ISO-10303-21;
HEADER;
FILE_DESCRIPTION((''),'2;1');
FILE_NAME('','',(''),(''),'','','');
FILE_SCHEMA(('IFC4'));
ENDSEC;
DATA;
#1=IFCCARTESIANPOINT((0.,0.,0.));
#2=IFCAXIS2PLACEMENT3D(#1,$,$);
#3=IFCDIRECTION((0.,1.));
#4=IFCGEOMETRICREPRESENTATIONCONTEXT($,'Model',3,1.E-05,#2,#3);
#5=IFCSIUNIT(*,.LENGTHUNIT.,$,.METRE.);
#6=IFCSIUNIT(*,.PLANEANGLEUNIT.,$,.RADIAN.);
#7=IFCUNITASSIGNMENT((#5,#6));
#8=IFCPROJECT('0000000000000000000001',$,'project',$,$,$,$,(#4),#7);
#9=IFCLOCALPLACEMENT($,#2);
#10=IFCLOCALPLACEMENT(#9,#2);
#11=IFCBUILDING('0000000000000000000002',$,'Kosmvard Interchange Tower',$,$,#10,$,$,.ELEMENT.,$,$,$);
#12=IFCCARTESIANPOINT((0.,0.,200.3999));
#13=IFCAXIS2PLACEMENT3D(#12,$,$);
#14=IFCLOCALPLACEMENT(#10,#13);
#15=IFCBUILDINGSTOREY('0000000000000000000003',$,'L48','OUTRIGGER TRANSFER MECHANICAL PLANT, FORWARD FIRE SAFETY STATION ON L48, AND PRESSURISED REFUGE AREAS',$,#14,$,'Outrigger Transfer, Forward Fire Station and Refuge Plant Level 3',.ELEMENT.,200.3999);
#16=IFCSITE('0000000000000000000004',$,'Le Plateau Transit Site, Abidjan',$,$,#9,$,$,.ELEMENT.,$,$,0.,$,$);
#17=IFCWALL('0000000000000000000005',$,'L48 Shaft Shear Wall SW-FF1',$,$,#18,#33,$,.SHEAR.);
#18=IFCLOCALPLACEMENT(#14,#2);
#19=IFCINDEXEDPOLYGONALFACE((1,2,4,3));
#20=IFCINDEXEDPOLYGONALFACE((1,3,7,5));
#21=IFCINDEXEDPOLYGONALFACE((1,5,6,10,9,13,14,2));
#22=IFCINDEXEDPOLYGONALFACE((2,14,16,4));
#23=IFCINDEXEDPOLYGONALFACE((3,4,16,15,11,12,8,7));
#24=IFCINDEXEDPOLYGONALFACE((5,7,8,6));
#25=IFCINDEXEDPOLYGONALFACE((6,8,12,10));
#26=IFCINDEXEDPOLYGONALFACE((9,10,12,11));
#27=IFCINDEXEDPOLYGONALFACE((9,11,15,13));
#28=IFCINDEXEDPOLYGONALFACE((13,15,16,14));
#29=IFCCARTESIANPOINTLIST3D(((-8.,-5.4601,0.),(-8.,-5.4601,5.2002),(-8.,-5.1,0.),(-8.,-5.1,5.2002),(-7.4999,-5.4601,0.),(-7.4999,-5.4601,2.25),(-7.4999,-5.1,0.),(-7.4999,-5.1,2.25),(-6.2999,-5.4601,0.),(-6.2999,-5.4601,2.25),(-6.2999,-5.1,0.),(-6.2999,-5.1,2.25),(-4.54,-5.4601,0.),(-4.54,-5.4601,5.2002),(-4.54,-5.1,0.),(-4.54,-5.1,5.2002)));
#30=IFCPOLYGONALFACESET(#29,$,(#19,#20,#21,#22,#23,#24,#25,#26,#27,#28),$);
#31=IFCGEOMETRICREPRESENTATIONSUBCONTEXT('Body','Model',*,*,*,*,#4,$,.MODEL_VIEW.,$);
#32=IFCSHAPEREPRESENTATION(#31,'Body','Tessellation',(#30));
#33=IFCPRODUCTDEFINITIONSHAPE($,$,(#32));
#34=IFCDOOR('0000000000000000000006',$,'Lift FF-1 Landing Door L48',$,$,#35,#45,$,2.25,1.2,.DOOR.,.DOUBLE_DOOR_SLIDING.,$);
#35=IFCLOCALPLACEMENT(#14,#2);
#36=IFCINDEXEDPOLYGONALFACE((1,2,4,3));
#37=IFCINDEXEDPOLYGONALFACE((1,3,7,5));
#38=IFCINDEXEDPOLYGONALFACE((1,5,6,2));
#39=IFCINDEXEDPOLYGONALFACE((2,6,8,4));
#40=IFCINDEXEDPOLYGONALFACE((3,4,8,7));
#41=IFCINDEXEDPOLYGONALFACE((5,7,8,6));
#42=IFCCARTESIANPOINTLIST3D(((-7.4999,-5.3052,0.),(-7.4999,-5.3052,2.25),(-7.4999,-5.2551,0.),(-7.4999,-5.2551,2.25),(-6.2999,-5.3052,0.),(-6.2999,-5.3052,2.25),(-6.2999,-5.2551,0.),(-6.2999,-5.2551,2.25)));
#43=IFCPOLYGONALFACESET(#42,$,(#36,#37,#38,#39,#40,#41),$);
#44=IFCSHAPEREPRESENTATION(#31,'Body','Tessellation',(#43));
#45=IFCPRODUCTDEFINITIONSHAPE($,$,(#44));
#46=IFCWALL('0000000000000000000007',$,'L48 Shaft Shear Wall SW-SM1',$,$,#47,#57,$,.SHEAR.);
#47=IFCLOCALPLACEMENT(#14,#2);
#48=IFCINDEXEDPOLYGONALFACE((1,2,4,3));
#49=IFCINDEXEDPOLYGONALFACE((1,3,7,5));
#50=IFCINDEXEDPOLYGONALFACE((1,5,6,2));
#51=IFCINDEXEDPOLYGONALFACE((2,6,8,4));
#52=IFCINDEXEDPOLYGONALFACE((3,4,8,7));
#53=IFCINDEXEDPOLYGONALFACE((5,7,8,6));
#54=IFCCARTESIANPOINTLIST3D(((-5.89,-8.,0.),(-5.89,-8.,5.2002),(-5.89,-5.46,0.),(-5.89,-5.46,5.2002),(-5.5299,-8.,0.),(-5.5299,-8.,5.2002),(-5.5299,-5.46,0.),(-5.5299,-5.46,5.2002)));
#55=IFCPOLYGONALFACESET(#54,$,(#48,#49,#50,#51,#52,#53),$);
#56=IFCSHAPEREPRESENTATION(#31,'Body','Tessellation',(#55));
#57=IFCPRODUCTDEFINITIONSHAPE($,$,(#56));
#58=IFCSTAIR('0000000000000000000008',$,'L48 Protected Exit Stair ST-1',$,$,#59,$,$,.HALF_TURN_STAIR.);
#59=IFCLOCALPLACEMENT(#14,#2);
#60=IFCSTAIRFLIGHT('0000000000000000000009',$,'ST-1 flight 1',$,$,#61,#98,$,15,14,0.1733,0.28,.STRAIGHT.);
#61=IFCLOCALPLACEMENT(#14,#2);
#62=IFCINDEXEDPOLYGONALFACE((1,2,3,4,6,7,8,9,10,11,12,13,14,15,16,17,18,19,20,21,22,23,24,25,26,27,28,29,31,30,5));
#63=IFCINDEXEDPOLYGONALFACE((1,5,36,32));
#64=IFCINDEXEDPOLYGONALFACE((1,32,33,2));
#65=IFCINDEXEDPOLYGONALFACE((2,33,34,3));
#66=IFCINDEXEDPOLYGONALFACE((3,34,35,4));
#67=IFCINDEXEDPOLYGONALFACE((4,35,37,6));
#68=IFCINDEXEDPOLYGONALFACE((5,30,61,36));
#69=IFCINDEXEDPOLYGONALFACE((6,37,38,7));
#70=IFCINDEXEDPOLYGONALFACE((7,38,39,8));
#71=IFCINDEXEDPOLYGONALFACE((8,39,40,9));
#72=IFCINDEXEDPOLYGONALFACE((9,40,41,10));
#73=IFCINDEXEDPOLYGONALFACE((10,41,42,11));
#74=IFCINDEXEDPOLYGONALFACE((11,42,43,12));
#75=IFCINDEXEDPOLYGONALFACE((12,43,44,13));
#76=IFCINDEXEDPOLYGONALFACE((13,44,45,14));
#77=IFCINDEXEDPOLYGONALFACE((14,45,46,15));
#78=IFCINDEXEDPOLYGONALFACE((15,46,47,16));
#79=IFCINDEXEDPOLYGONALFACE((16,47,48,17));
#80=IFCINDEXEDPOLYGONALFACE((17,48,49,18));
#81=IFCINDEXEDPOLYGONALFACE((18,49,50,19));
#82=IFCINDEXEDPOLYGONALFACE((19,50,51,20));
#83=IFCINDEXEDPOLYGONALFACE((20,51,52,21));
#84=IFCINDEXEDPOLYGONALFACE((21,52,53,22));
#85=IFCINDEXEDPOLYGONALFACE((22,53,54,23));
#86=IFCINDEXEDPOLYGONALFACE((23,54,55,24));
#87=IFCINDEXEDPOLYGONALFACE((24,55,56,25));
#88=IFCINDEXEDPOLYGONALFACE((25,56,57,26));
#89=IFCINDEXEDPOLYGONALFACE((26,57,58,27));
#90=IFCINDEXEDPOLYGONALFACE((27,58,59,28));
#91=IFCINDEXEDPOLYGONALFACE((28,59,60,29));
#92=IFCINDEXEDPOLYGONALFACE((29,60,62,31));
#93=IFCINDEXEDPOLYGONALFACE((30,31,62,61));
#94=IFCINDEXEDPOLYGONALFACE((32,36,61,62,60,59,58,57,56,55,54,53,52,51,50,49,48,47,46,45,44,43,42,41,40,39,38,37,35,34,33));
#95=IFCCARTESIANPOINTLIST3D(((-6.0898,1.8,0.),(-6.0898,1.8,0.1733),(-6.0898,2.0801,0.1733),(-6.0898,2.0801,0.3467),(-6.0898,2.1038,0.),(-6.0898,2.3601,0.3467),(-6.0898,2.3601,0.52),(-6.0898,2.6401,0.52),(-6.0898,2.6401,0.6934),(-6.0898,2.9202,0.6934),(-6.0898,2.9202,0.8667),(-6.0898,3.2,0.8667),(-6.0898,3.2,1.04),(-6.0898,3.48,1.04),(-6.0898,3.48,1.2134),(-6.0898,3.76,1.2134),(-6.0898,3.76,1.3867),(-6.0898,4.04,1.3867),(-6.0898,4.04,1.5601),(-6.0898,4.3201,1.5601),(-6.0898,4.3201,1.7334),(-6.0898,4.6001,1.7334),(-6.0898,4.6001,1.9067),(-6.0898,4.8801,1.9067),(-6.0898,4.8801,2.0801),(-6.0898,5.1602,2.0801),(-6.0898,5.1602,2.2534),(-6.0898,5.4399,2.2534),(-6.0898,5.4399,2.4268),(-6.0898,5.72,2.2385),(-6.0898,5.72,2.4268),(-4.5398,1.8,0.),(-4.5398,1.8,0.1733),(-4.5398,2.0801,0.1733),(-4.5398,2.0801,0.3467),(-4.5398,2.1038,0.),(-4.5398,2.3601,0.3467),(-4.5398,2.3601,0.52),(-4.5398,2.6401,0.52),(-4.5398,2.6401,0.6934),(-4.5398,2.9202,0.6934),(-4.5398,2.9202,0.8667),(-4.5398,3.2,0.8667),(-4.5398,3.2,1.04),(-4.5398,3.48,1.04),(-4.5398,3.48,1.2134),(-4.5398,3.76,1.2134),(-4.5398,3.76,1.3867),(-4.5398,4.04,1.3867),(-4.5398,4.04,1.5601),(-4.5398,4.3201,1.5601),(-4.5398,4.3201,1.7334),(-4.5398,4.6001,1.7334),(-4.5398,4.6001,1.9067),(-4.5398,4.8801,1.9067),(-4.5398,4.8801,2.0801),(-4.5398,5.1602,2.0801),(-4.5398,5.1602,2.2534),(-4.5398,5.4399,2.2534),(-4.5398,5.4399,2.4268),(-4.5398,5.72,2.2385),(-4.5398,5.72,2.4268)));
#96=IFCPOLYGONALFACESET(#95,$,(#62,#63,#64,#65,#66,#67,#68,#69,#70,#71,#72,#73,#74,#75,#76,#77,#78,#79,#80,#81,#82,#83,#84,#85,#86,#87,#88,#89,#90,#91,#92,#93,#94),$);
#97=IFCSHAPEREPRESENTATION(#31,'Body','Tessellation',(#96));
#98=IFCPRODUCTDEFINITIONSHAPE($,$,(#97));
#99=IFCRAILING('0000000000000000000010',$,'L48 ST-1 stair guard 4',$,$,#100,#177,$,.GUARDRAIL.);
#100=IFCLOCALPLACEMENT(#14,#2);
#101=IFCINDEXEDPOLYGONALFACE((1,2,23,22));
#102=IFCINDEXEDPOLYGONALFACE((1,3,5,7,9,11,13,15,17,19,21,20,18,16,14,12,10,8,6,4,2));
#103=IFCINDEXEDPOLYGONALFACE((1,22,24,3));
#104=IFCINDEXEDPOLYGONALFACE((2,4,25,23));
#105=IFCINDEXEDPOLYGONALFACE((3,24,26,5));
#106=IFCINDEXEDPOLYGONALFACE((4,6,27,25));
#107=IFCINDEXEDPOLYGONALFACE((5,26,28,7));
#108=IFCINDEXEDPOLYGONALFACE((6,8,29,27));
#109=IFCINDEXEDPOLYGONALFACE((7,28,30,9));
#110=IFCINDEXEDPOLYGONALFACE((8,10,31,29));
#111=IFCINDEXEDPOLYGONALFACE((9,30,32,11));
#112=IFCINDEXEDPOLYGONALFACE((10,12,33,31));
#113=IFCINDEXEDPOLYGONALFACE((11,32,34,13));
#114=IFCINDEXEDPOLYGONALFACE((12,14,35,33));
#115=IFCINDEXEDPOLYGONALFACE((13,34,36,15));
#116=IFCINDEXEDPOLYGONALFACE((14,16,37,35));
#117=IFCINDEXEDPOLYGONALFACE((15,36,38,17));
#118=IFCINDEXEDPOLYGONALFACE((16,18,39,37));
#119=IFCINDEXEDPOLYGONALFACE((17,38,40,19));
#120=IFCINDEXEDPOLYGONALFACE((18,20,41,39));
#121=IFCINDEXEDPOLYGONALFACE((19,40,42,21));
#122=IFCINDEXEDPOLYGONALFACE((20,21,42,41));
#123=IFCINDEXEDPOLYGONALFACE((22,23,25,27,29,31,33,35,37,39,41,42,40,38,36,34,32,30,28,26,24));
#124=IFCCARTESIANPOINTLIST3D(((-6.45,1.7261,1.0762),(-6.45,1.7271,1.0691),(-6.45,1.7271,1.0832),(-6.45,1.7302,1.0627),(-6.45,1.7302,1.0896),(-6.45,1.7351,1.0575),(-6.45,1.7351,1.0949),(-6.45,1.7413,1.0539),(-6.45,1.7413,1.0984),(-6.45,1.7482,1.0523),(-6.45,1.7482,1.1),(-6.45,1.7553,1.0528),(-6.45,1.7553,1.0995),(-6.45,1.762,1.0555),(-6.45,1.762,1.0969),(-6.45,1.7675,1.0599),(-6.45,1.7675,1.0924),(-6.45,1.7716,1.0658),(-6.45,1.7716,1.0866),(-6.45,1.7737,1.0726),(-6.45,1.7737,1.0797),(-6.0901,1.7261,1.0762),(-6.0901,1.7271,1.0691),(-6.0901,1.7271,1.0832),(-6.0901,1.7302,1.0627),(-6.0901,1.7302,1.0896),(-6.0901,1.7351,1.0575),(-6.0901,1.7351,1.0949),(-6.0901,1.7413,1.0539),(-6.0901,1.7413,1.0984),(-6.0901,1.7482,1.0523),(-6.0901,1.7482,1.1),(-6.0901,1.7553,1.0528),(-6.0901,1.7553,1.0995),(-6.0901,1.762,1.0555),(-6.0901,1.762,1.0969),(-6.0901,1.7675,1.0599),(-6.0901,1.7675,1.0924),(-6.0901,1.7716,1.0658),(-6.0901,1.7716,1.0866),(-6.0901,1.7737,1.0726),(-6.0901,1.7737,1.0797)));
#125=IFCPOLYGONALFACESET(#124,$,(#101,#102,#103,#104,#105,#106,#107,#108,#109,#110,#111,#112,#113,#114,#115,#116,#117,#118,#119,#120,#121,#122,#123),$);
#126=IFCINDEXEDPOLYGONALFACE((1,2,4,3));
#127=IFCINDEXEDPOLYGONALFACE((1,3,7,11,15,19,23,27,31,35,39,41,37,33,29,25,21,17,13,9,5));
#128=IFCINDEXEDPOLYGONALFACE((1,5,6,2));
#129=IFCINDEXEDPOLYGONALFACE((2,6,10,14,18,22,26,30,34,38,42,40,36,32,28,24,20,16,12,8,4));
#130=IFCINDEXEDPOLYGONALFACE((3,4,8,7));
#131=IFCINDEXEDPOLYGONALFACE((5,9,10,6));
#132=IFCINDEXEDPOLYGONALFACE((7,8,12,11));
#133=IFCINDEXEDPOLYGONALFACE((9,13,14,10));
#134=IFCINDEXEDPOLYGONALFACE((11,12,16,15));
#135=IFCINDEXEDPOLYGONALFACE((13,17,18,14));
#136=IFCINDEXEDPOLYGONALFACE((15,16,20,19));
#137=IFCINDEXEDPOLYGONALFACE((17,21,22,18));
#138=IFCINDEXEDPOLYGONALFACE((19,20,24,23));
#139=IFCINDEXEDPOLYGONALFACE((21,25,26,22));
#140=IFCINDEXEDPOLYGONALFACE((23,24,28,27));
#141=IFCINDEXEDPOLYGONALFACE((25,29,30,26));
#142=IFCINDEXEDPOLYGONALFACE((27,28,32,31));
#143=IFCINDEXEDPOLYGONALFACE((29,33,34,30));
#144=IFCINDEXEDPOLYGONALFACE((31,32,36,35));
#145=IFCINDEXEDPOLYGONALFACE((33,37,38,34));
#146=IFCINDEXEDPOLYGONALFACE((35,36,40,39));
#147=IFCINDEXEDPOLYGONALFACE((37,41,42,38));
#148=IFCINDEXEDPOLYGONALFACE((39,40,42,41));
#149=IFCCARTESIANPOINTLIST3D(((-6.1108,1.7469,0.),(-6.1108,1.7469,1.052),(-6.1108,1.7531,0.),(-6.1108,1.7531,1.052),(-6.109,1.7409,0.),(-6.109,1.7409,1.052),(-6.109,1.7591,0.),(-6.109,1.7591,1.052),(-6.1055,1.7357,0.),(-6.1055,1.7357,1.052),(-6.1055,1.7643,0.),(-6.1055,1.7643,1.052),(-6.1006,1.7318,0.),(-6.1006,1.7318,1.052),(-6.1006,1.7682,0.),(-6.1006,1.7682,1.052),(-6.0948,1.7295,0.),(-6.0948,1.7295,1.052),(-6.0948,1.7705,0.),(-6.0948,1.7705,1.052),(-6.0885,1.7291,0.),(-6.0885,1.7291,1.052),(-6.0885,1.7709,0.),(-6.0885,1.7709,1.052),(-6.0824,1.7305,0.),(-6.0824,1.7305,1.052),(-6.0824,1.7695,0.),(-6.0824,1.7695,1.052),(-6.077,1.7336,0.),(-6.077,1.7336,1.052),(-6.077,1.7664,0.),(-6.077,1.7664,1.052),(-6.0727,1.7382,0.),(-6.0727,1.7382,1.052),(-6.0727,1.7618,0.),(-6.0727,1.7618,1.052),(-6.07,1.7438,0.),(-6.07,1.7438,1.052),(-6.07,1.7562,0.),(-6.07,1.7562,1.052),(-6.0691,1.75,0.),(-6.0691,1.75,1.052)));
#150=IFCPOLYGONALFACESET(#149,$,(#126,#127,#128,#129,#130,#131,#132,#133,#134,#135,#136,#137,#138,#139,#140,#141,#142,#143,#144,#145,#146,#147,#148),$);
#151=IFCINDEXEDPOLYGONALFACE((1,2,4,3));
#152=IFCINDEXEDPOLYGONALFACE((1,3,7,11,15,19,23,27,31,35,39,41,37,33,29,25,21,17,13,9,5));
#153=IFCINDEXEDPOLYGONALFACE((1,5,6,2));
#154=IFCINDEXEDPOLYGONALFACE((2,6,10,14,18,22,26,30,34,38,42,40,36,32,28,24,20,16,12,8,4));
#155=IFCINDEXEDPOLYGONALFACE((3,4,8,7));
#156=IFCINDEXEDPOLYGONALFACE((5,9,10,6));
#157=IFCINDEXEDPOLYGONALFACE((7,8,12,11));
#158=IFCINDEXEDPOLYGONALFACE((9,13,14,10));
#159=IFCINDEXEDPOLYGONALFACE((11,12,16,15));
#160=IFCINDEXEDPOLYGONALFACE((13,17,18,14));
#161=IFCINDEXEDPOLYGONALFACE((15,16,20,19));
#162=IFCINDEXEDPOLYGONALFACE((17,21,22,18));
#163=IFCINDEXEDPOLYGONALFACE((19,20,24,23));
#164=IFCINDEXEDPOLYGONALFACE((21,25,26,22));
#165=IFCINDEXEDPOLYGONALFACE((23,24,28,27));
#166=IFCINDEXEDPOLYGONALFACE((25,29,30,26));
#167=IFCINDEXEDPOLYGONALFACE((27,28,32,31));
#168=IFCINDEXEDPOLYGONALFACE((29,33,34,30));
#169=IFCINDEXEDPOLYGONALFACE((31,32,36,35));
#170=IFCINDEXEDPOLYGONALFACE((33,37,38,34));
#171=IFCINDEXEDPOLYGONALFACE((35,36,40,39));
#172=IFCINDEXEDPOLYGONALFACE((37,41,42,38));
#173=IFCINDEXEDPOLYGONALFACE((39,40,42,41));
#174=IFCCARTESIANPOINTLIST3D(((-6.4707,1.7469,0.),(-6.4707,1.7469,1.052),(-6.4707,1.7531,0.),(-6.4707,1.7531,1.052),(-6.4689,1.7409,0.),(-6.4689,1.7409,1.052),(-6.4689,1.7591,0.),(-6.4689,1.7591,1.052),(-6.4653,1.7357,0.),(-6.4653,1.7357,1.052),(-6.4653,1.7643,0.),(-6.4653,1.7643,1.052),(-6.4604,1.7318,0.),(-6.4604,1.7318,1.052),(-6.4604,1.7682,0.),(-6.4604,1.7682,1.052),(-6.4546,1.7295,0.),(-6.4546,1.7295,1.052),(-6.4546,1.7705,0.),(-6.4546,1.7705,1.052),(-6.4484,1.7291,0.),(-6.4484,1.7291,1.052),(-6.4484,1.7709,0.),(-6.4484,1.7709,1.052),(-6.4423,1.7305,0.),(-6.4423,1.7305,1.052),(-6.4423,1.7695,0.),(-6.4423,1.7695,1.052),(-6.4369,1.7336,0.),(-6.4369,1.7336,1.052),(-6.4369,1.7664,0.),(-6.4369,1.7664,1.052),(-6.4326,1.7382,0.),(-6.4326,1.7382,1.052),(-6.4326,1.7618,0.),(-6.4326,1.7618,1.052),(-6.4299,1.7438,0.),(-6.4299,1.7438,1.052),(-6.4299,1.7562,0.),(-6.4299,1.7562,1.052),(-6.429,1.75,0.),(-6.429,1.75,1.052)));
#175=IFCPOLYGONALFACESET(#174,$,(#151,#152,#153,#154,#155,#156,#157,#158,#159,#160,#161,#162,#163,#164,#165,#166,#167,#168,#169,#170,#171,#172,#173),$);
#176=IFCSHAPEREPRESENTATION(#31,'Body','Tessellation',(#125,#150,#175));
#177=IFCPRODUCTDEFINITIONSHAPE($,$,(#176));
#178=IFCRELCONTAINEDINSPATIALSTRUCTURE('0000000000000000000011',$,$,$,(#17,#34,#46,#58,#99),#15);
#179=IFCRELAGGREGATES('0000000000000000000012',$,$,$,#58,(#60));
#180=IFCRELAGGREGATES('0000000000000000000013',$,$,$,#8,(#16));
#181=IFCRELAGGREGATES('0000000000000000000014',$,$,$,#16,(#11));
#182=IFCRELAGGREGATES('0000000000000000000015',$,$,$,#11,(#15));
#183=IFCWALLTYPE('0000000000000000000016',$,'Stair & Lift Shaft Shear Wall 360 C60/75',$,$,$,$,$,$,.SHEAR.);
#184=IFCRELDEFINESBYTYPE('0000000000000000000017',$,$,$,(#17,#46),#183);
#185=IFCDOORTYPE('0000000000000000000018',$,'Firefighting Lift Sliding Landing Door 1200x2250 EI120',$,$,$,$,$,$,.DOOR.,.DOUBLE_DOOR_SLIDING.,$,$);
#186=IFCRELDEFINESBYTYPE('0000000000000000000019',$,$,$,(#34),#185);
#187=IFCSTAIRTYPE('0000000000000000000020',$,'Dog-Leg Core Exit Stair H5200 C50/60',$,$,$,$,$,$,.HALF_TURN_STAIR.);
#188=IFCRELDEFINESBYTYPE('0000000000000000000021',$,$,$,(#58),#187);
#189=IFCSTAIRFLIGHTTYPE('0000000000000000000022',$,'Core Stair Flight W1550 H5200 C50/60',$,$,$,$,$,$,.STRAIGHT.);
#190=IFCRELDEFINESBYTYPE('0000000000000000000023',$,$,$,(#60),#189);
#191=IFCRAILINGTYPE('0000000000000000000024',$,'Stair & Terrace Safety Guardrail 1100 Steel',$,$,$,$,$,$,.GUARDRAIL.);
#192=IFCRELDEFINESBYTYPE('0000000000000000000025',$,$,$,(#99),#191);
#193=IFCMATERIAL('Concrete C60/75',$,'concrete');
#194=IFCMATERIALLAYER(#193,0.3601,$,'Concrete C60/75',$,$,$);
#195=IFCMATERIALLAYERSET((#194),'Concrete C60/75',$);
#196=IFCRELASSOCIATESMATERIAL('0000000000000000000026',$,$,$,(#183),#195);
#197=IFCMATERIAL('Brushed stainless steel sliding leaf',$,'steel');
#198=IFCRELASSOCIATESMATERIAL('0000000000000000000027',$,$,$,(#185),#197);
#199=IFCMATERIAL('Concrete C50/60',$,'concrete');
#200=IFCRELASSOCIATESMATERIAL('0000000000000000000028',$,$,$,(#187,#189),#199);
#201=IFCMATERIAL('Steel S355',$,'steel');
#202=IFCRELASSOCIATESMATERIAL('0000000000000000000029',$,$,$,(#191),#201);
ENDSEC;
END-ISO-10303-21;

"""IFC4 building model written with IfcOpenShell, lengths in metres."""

from ifc_helpers import new_model, si_unit, direction, frame, frame_2d, origin, origin_2d, place, context, subcontext, project, spatial, polyline, rectangle, circle, outline, extrude, source, transform, mapped, material, layer, layer_set, type_object, element, fill, aggregate, save


model = new_model("IFC4")

# Units and contexts
model_context = context("Model", 3, precision=1e-05, world=origin(), true_north=direction((0.0, 1.0)))
body_context = subcontext(model_context, "Body", "Model", "MODEL_VIEW")
ifc_project = project(units=[si_unit("LENGTHUNIT", "METRE"), si_unit("PLANEANGLEUNIT", "RADIAN")], contexts=[model_context])

# Site, building, storey
site_placement = place(None, origin())
site = spatial("IfcSite", under=ifc_project, at=site_placement, Name="Le Plateau Transit Site, Abidjan", CompositionType="ELEMENT", RefElevation=0.0)
building_placement = place(site_placement, origin())
building = spatial("IfcBuilding", under=site, at=building_placement, Name="Kosmvard Interchange Tower", CompositionType="ELEMENT")
storey_placement = place(building_placement, frame((0.0, 0.0, 200.3999)))
storey = spatial("IfcBuildingStorey", under=building, at=storey_placement, Name="L48", Description="OUTRIGGER TRANSFER MECHANICAL PLANT, FORWARD FIRE SAFETY STATION ON L48, AND PRESSURISED REFUGE AREAS", LongName="Outrigger Transfer, Forward Fire Station and Refuge Plant Level 3", CompositionType="ELEMENT", Elevation=200.3999)

# Shared definitions
ifc_material_1 = material(Name="Concrete C60/75", Category="concrete")

# Shared definitions
ifc_material_2 = material(Name="Brushed stainless steel sliding leaf", Category="steel")

# Shared definitions
ifc_layer_1 = layer(ifc_material_1, 0.3601, Name="Concrete C60/75")
ifc_layer_set_1 = layer_set([ifc_layer_1], Name="Concrete C60/75")
wall_type_1 = type_object("IfcWallType", Name="Stair & Lift Shaft Shear Wall 360 C60/75", PredefinedType="SHEAR", material=ifc_layer_set_1)

# Wall, opening, door
wall_1_placement = place(storey_placement, frame((-8.0, -5.28, 0.0), z_axis=(0.0, 0.0, 1.0), x_axis=(1.0, 0.0, 0.0)))
wall_1 = element("IfcWall", 1, at=wall_1_placement, inside=storey, type_object=wall_type_1, Name="L48 Shaft Shear Wall SW-FF1", PredefinedType="SHEAR", context=body_context, shape_type="SweptSolid", body=[
    extrude(rectangle(XDim=3.46, YDim=0.3601, at=frame_2d((1.73, 0.0))), origin(), (0.0, 0.0, 1.0), 5.2002),
])
opening_1_placement = place(wall_1_placement, frame((0.5, 0.0, 0.0)))
opening_1 = element("IfcOpeningElement", 2, at=opening_1_placement, cuts=wall_1, PredefinedType="OPENING", context=body_context, shape_type="SweptSolid", body=[
    extrude(rectangle(XDim=1.2, YDim=2.25, at=frame_2d((0.6001, 1.125))), frame((0.0, 0.1899, 0.0), z_axis=(0.0, -1.0, 0.0), x_axis=(1.0, 0.0, 0.0)), (0.0, 0.0, 1.0), 0.3801),
])
door_type_1 = type_object("IfcDoorType", Name="Firefighting Lift Sliding Landing Door 1200x2250 EI120", OperationType="DOUBLE_DOOR_SLIDING", PredefinedType="DOOR", material=ifc_material_2)
shared_shape_1 = source(origin(), body_context, "Body", "SweptSolid", [
    extrude(rectangle(XDim=1.2, YDim=2.25, at=frame_2d((0.6001, 1.125))), frame((0.0, 0.0249, 0.0), z_axis=(0.0, -1.0, 0.0), x_axis=(1.0, 0.0, 0.0)), (0.0, 0.0, 1.0), 0.05),
])
door_1_placement = place(opening_1_placement, origin())
door_1 = element("IfcDoor", 3, at=door_1_placement, inside=storey, type_object=door_type_1, Name="Lift FF-1 Landing Door L48", OperationType="DOUBLE_DOOR_SLIDING", OverallHeight=2.25, OverallWidth=1.2, PredefinedType="DOOR", context=body_context, shape_type="MappedRepresentation", body=[
    mapped(shared_shape_1, transform((0.0, 0.0, 0.0), scale=1.0)),
])
fill(opening_1, door_1)

# Wall
wall_2_placement = place(storey_placement, frame((-5.71, -8.0, 0.0), z_axis=(0.0, 0.0, 1.0), x_axis=(0.0, 1.0, 0.0)))
element("IfcWall", 4, at=wall_2_placement, inside=storey, type_object=wall_type_1, Name="L48 Shaft Shear Wall SW-SM1", PredefinedType="SHEAR", context=body_context, shape_type="SweptSolid", body=[
    extrude(rectangle(XDim=2.54, YDim=0.3601, at=frame_2d((1.27, 0.0))), origin(), (0.0, 0.0, 1.0), 5.2002),
])

# Stair, stair flight
ifc_material_3 = material(Name="Concrete C50/60", Category="concrete")
stair_type = type_object("IfcStairType", Name="Dog-Leg Core Exit Stair H5200 C50/60", PredefinedType="HALF_TURN_STAIR", material=ifc_material_3)
stair_placement = place(storey_placement, origin())
stair = element("IfcStair", 5, at=stair_placement, inside=storey, type_object=stair_type, Name="L48 Protected Exit Stair ST-1", PredefinedType="HALF_TURN_STAIR")
stair_flight_type = type_object("IfcStairFlightType", Name="Core Stair Flight W1550 H5200 C50/60", PredefinedType="STRAIGHT", material=ifc_material_3)
shared_shape_2 = source(origin(), body_context, "Body", "SweptSolid", [
    extrude(outline(polyline([(0.0, 0.0), (0.0, 0.1733), (0.28, 0.1733), (0.28, 0.3467), (0.5601, 0.3467), (0.5601, 0.52), (0.8401, 0.52), (0.8401, 0.6934), (1.1201, 0.6934), (1.1201, 0.8667), (1.3999, 0.8667), (1.3999, 1.04), (1.6799, 1.04), (1.6799, 1.2134), (1.96, 1.2134), (1.96, 1.3867), (2.24, 1.3867), (2.24, 1.5601), (2.52, 1.5601), (2.52, 1.7334), (2.8, 1.7334), (2.8, 1.9067), (3.0801, 1.9067), (3.0801, 2.0801), (3.3601, 2.0801), (3.3601, 2.2534), (3.6399, 2.2534), (3.6399, 2.4268), (3.9199, 2.4268), (3.9199, 2.6001), (3.9199, 2.2385), (0.3037, 0.0), (0.0, 0.0)])), frame((0.0, 0.7749, 0.0), z_axis=(0.0, -1.0, 0.0), x_axis=(1.0, 0.0, 0.0)), (0.0, 0.0, 1.0), 1.55),
])
stair_flight_placement = place(storey_placement, frame((-5.3149, 1.8, 0.0), z_axis=(0.0, 0.0, 1.0), x_axis=(0.0, 1.0, 0.0)))
stair_flight = element("IfcStairFlight", 6, at=stair_flight_placement, type_object=stair_flight_type, Name="ST-1 flight 1", NumberOfRisers=15, NumberOfTreads=14, PredefinedType="STRAIGHT", RiserHeight=0.1733, TreadLength=0.28, context=body_context, shape_type="MappedRepresentation", body=[
    mapped(shared_shape_2, transform((0.0, 0.0, 0.0), scale=1.0)),
])
aggregate(stair, [stair_flight])

# Railing
ifc_material_4 = material(Name="Steel S355", Category="steel")
railing_type_1 = type_object("IfcRailingType", Name="Stair & Terrace Safety Guardrail 1100 Steel", PredefinedType="GUARDRAIL", material=ifc_material_4)
shared_shape_3 = source(origin(), body_context, "Body", "SweptSolid", [
    extrude(circle(Radius=0.0239, at=origin_2d()), frame((0.0, 0.0, 1.0762), z_axis=(-1.0, 0.0, 0.0), x_axis=(0.0, -1.0, 0.0)), (0.0, 0.0, 1.0), 0.3599),
    extrude(circle(Radius=0.021, at=origin_2d()), origin(), (0.0, 0.0, 1.0), 1.052),
    extrude(circle(Radius=0.021, at=origin_2d()), frame((-0.3599, 0.0, 0.0)), (0.0, 0.0, 1.0), 1.052),
])
railing_1_placement = place(storey_placement, frame((-6.0901, 1.75, 0.0)))
element("IfcRailing", 7, at=railing_1_placement, inside=storey, type_object=railing_type_1, Name="L48 ST-1 stair guard 4", PredefinedType="GUARDRAIL", context=body_context, shape_type="MappedRepresentation", body=[
    mapped(shared_shape_3, transform((0.0, 0.0, 0.0), scale=1.0)),
])

save(model, "model.ifc")
